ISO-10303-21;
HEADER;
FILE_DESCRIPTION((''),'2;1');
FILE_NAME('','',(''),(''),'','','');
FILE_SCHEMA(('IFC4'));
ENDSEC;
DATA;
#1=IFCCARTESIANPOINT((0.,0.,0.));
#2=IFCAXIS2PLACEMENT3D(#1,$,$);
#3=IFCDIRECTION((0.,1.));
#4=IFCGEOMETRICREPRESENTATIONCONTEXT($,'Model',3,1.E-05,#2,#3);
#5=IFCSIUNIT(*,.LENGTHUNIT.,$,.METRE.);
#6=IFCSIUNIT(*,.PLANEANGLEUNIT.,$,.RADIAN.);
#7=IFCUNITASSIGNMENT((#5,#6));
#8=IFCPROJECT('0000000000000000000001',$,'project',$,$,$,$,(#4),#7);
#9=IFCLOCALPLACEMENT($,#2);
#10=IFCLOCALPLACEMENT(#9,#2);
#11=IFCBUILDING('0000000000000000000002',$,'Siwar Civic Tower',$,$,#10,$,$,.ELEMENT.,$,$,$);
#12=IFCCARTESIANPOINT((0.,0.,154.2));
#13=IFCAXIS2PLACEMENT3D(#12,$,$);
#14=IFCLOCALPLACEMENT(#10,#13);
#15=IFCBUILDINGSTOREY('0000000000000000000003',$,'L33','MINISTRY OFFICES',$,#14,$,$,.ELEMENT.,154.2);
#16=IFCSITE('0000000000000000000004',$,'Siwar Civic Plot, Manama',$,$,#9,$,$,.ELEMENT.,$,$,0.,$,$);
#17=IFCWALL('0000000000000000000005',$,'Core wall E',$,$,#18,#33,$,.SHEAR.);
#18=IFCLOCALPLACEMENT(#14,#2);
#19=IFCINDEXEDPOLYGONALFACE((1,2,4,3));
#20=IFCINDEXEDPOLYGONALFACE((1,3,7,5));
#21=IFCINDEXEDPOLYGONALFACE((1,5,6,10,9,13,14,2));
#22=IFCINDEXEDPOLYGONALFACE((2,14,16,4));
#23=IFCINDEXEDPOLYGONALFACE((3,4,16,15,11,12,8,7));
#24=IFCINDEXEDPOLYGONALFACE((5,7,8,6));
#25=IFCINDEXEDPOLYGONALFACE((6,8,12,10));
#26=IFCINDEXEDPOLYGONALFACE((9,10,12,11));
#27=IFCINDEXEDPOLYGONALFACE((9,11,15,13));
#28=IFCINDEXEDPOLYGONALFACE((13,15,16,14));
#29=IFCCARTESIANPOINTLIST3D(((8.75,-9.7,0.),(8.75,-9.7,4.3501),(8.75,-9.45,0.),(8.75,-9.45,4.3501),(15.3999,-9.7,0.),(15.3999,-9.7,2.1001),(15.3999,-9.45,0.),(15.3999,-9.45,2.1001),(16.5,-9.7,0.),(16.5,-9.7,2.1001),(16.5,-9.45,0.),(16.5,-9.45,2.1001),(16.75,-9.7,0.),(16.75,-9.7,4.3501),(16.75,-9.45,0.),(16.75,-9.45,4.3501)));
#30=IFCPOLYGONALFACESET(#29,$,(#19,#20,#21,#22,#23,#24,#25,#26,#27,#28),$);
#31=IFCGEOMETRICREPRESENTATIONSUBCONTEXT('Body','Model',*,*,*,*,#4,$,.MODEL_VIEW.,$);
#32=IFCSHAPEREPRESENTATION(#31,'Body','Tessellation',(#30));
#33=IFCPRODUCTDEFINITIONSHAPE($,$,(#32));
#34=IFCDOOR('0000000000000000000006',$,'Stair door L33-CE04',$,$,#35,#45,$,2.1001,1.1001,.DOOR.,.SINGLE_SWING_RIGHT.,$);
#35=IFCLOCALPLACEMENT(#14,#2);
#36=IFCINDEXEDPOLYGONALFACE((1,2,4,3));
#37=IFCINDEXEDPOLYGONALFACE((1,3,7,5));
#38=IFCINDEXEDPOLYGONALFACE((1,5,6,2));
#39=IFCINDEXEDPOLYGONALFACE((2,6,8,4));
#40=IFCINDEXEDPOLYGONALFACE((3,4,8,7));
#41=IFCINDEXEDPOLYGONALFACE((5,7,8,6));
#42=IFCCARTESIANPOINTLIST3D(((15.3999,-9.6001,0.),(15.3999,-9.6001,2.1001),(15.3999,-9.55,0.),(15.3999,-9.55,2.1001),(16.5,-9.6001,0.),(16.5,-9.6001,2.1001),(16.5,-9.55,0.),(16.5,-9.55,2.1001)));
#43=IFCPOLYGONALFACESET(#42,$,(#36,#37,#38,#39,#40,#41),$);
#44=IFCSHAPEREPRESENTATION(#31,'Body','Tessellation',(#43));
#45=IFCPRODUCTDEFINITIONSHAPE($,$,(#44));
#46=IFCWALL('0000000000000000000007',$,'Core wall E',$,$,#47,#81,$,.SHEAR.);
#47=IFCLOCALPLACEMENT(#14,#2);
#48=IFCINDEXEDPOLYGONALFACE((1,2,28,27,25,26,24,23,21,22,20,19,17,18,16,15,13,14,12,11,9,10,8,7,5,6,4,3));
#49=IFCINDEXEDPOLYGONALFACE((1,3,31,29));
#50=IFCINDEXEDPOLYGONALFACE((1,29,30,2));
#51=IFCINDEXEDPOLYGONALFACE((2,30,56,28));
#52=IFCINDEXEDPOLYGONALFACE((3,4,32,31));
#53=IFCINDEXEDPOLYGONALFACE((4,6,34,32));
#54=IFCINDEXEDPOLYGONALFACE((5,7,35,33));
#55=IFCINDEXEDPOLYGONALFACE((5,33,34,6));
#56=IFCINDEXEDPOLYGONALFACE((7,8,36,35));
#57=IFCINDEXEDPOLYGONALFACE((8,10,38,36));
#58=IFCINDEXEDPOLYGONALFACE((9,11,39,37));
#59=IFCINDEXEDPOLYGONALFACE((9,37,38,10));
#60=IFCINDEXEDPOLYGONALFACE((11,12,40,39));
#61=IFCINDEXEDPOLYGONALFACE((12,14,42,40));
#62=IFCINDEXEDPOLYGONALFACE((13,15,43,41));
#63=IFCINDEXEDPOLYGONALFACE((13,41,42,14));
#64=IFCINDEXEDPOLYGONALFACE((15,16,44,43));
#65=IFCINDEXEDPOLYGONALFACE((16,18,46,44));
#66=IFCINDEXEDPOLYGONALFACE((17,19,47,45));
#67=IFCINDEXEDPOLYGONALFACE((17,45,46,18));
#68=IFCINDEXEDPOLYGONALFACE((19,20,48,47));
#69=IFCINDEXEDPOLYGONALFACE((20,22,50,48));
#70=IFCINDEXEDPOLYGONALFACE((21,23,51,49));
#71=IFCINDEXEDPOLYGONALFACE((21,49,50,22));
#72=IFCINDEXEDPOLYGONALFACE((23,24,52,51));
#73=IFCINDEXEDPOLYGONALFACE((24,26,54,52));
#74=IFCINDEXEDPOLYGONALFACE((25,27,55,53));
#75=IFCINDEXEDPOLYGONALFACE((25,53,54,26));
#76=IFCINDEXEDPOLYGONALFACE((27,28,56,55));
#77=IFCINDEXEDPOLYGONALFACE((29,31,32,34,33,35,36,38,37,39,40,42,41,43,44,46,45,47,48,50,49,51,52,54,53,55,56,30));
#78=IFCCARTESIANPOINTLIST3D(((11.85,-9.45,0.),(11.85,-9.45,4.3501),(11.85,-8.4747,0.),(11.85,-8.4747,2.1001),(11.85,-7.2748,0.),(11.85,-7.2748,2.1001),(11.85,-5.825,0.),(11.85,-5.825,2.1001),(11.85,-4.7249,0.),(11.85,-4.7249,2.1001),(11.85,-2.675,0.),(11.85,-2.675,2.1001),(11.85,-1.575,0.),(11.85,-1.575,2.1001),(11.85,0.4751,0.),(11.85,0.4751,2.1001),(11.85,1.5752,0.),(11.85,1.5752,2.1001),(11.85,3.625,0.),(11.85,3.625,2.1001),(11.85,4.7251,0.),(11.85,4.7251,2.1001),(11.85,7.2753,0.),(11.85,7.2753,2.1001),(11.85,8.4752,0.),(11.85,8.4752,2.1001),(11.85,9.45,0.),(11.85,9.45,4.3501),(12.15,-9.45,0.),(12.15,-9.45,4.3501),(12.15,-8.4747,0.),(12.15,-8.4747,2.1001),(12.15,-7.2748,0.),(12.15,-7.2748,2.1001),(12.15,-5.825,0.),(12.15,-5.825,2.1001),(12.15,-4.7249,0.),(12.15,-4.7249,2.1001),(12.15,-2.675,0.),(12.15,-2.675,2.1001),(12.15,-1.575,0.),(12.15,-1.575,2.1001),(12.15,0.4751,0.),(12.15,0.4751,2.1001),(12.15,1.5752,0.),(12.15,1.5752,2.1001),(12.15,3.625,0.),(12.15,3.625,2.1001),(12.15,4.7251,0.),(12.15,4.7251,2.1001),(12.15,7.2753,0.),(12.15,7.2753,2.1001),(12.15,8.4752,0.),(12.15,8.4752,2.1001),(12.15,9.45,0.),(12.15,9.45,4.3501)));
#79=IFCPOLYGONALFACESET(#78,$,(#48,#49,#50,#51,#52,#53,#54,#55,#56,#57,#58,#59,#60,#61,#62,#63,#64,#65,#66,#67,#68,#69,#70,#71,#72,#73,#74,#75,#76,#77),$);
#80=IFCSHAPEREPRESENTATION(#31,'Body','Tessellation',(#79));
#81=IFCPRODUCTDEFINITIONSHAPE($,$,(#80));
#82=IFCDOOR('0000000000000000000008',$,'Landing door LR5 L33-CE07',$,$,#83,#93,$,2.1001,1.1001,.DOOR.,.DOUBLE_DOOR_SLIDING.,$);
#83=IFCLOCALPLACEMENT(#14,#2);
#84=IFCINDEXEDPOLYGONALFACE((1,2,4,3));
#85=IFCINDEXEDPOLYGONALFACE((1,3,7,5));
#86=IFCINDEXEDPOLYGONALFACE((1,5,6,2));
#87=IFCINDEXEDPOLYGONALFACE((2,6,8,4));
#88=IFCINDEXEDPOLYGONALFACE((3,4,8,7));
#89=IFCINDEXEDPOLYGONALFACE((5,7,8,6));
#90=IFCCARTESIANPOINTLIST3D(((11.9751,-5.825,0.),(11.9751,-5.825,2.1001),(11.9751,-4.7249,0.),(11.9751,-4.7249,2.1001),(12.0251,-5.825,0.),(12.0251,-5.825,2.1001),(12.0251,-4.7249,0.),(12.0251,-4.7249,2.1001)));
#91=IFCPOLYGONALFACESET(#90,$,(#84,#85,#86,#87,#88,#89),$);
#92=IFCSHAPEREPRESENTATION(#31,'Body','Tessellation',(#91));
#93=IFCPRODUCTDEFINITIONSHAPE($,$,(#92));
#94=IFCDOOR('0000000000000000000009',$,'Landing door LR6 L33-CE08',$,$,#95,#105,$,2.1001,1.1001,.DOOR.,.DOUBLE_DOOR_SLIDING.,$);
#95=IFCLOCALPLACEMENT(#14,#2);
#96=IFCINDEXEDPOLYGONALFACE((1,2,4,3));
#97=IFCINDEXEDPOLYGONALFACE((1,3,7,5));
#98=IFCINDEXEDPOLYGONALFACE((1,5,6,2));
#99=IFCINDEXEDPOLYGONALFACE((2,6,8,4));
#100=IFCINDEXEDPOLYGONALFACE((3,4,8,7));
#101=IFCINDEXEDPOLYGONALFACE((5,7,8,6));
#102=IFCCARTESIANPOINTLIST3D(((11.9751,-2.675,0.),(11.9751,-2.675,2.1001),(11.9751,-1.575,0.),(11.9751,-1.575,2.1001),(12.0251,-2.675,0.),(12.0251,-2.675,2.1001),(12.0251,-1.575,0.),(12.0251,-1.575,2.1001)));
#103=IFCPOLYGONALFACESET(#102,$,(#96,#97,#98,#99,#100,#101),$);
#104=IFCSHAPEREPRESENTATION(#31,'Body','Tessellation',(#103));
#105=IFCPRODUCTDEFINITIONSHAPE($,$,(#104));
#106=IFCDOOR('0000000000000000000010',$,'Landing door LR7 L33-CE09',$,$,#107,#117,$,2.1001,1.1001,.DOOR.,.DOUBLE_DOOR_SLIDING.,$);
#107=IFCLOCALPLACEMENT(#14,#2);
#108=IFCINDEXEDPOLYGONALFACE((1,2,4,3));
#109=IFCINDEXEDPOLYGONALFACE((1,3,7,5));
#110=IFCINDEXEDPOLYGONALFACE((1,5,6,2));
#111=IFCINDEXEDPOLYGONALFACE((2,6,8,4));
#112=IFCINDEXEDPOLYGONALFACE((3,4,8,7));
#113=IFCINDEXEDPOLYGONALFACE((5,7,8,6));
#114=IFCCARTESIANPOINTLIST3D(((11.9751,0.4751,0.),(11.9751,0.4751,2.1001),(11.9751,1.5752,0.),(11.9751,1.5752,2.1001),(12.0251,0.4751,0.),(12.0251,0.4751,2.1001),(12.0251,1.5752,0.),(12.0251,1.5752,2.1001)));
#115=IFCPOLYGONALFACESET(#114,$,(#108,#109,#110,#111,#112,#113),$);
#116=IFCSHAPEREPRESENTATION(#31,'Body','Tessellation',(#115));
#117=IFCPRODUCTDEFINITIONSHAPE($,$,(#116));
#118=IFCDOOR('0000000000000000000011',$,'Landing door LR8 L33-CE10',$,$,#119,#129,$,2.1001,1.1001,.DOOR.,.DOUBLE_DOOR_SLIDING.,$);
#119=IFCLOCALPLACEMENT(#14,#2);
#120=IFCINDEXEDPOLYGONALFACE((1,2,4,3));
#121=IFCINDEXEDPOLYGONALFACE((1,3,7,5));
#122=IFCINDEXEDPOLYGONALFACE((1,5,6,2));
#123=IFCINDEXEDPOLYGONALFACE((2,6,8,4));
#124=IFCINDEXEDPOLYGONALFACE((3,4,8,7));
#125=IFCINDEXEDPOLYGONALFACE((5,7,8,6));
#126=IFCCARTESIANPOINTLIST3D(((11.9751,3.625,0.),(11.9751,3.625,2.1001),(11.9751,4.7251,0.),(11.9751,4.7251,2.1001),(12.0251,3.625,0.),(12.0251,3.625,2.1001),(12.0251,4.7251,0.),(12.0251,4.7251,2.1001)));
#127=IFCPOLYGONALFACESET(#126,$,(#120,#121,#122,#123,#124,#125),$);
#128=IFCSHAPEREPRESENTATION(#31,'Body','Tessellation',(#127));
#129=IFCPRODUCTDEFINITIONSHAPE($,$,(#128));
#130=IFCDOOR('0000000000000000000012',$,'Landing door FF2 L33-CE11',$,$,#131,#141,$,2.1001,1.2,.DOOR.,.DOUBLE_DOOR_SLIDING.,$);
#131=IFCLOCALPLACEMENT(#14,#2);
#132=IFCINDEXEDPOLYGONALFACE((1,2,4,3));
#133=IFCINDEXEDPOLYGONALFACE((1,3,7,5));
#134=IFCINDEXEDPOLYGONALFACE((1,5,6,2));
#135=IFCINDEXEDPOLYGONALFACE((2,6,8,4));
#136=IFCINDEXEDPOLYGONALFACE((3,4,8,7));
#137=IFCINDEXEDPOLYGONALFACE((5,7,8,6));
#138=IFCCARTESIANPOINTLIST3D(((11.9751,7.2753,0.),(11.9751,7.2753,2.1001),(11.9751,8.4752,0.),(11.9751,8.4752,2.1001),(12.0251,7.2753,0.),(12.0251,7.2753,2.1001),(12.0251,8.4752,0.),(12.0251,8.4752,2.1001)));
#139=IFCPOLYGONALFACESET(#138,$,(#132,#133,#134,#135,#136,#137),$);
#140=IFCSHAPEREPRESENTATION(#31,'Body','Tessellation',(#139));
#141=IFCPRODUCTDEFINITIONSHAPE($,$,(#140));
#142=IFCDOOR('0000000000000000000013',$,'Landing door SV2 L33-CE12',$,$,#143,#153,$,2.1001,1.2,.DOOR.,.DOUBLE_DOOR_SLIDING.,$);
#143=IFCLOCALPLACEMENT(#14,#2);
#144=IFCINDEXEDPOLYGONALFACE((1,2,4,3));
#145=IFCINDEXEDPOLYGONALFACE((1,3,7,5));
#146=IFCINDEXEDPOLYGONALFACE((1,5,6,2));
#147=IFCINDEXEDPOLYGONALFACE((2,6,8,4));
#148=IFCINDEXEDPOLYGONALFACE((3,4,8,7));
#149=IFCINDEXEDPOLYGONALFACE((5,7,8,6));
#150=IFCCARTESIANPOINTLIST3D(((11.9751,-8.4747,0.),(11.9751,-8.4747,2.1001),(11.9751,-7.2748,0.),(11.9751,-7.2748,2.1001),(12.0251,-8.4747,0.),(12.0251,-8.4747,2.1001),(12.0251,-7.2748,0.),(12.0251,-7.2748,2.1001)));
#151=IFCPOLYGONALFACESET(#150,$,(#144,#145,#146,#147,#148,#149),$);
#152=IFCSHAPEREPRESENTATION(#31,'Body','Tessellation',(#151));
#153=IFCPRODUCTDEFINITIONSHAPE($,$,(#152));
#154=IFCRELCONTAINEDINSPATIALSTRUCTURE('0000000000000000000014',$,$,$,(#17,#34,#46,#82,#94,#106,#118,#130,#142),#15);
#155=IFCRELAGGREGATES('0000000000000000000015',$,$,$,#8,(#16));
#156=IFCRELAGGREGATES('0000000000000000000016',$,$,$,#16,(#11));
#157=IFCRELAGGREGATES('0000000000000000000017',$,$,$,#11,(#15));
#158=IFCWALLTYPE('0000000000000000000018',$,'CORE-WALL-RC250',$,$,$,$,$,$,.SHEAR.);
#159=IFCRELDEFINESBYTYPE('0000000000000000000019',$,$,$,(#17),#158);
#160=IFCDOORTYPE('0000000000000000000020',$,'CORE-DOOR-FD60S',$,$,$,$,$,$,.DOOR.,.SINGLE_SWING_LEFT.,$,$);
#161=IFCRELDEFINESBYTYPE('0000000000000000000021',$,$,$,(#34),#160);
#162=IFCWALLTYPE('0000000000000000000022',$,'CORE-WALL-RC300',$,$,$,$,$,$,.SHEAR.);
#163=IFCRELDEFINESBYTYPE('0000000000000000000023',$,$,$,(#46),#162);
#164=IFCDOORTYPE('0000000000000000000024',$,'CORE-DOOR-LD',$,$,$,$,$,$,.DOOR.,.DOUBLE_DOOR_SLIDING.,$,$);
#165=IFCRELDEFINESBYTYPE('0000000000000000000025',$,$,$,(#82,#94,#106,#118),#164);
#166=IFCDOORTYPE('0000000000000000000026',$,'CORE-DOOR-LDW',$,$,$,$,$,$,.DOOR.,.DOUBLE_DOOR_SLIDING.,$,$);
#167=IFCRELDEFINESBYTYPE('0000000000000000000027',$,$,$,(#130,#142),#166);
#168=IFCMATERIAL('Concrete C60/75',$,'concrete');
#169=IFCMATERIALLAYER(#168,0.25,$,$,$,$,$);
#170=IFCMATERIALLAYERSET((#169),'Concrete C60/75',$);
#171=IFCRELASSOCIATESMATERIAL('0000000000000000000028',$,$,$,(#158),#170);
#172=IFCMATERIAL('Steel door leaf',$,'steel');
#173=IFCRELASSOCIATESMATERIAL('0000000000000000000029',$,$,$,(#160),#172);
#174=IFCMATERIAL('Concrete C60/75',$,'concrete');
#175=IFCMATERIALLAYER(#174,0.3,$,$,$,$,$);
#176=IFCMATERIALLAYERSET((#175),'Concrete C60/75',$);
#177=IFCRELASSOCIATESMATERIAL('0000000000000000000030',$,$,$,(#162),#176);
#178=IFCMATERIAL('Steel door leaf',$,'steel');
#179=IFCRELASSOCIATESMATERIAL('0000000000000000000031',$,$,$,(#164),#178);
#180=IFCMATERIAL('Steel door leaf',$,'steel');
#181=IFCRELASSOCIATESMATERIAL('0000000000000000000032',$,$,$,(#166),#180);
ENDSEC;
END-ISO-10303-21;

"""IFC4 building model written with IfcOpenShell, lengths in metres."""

from ifc_helpers import new_model, si_unit, direction, frame, frame_2d, origin, place, context, subcontext, project, spatial, rectangle, extrude, material, layer, layer_set, type_object, element, fill, save


model = new_model("IFC4")

# Units and contexts
model_context = context("Model", 3, precision=1e-05, world=origin(), true_north=direction((0.0, 1.0)))
body_context = subcontext(model_context, "Body", "Model", "MODEL_VIEW")
ifc_project = project(units=[si_unit("LENGTHUNIT", "METRE"), si_unit("PLANEANGLEUNIT", "RADIAN")], contexts=[model_context])

# Site, building, storey
site_placement = place(None, origin())
site = spatial("IfcSite", under=ifc_project, at=site_placement, Name="Siwar Civic Plot, Manama", CompositionType="ELEMENT", RefElevation=0.0)
building_placement = place(site_placement, origin())
building = spatial("IfcBuilding", under=site, at=building_placement, Name="Siwar Civic Tower", CompositionType="ELEMENT")
storey_placement = place(building_placement, frame((0.0, 0.0, 154.2)))
storey = spatial("IfcBuildingStorey", under=building, at=storey_placement, Name="L33", Description="MINISTRY OFFICES", CompositionType="ELEMENT", Elevation=154.2)

# Wall, opening, door
ifc_material_1 = material(Name="Concrete C60/75", Category="concrete")
ifc_layer_1 = layer(ifc_material_1, 0.25)
ifc_layer_set_1 = layer_set([ifc_layer_1], Name="Concrete C60/75")
wall_type_1 = type_object("IfcWallType", Name="CORE-WALL-RC250", PredefinedType="SHEAR", material=ifc_layer_set_1)
wall_1_placement = place(storey_placement, frame((8.75, -9.575, 0.0), z_axis=(0.0, 0.0, 1.0), x_axis=(1.0, 0.0, 0.0)))
wall_1 = element("IfcWall", 1, at=wall_1_placement, inside=storey, type_object=wall_type_1, Name="Core wall E", PredefinedType="SHEAR", context=body_context, shape_type="SweptSolid", body=[
    extrude(rectangle(XDim=8.0, YDim=0.25, at=frame_2d((4.0, 0.0))), origin(), (0.0, 0.0, 1.0), 4.3501),
])
opening_1_placement = place(wall_1_placement, frame((6.6499, 0.0, 0.0)))
opening_1 = element("IfcOpeningElement", 2, at=opening_1_placement, cuts=wall_1, PredefinedType="OPENING", context=body_context, shape_type="SweptSolid", body=[
    extrude(rectangle(XDim=1.1001, YDim=2.1001, at=frame_2d((0.55, 1.05))), frame((0.0, 0.135, 0.0), z_axis=(0.0, -1.0, 0.0), x_axis=(1.0, 0.0, 0.0)), (0.0, 0.0, 1.0), 0.27),
])
ifc_material_2 = material(Name="Steel door leaf", Category="steel")
door_type_1 = type_object("IfcDoorType", Name="CORE-DOOR-FD60S", OperationType="SINGLE_SWING_LEFT", PredefinedType="DOOR", material=ifc_material_2)
door_1_placement = place(opening_1_placement, origin())
door_1 = element("IfcDoor", 3, at=door_1_placement, inside=storey, type_object=door_type_1, Name="Stair door L33-CE04", OperationType="SINGLE_SWING_RIGHT", OverallHeight=2.1001, OverallWidth=1.1001, PredefinedType="DOOR", context=body_context, shape_type="SweptSolid", body=[
    extrude(rectangle(XDim=1.1001, YDim=2.1001, at=frame_2d((0.55, 1.05))), frame((0.0, 0.0249, 0.0), z_axis=(0.0, -1.0, 0.0), x_axis=(1.0, 0.0, 0.0)), (0.0, 0.0, 1.0), 0.05),
])
fill(opening_1, door_1)

# Wall, openings, doors
ifc_material_3 = material(Name="Concrete C60/75", Category="concrete")
ifc_layer_2 = layer(ifc_material_3, 0.3)
ifc_layer_set_2 = layer_set([ifc_layer_2], Name="Concrete C60/75")
wall_type_2 = type_object("IfcWallType", Name="CORE-WALL-RC300", PredefinedType="SHEAR", material=ifc_layer_set_2)
wall_2_placement = place(storey_placement, frame((12.0, -9.45, 0.0), z_axis=(0.0, 0.0, 1.0), x_axis=(0.0, 1.0, 0.0)))
wall_2 = element("IfcWall", 4, at=wall_2_placement, inside=storey, type_object=wall_type_2, Name="Core wall E", PredefinedType="SHEAR", context=body_context, shape_type="SweptSolid", body=[
    extrude(rectangle(XDim=18.8999, YDim=0.3, at=frame_2d((9.45, 0.0))), origin(), (0.0, 0.0, 1.0), 4.3501),
])
opening_2_placement = place(wall_2_placement, frame((3.625, 0.0, 0.0)))
opening_2 = element("IfcOpeningElement", 5, at=opening_2_placement, cuts=wall_2, PredefinedType="OPENING", context=body_context, shape_type="SweptSolid", body=[
    extrude(rectangle(XDim=1.1001, YDim=2.1001, at=frame_2d((0.55, 1.05))), frame((0.0, 0.1602, 0.0), z_axis=(0.0, -1.0, 0.0), x_axis=(1.0, 0.0, 0.0)), (0.0, 0.0, 1.0), 0.3201),
])
opening_3_placement = place(wall_2_placement, frame((6.7749, 0.0, 0.0)))
opening_3 = element("IfcOpeningElement", 6, at=opening_3_placement, cuts=wall_2, PredefinedType="OPENING", context=body_context, shape_type="SweptSolid", body=[
    extrude(rectangle(XDim=1.1001, YDim=2.1001, at=frame_2d((0.55, 1.05))), frame((0.0, 0.1602, 0.0), z_axis=(0.0, -1.0, 0.0), x_axis=(1.0, 0.0, 0.0)), (0.0, 0.0, 1.0), 0.3201),
])
opening_4_placement = place(wall_2_placement, frame((9.925, 0.0, 0.0)))
opening_4 = element("IfcOpeningElement", 7, at=opening_4_placement, cuts=wall_2, PredefinedType="OPENING", context=body_context, shape_type="SweptSolid", body=[
    extrude(rectangle(XDim=1.1001, YDim=2.1001, at=frame_2d((0.55, 1.05))), frame((0.0, 0.1602, 0.0), z_axis=(0.0, -1.0, 0.0), x_axis=(1.0, 0.0, 0.0)), (0.0, 0.0, 1.0), 0.3201),
])
opening_5_placement = place(wall_2_placement, frame((13.075, 0.0, 0.0)))
opening_5 = element("IfcOpeningElement", 8, at=opening_5_placement, cuts=wall_2, PredefinedType="OPENING", context=body_context, shape_type="SweptSolid", body=[
    extrude(rectangle(XDim=1.1001, YDim=2.1001, at=frame_2d((0.55, 1.05))), frame((0.0, 0.1602, 0.0), z_axis=(0.0, -1.0, 0.0), x_axis=(1.0, 0.0, 0.0)), (0.0, 0.0, 1.0), 0.3201),
])
opening_6_placement = place(wall_2_placement, frame((16.7251, 0.0, 0.0)))
opening_6 = element("IfcOpeningElement", 9, at=opening_6_placement, cuts=wall_2, PredefinedType="OPENING", context=body_context, shape_type="SweptSolid", body=[
    extrude(rectangle(XDim=1.2, YDim=2.1001, at=frame_2d((0.6001, 1.05))), frame((0.0, 0.1602, 0.0), z_axis=(0.0, -1.0, 0.0), x_axis=(1.0, 0.0, 0.0)), (0.0, 0.0, 1.0), 0.3201),
])
opening_7_placement = place(wall_2_placement, frame((0.9751, 0.0, 0.0)))
opening_7 = element("IfcOpeningElement", 10, at=opening_7_placement, cuts=wall_2, PredefinedType="OPENING", context=body_context, shape_type="SweptSolid", body=[
    extrude(rectangle(XDim=1.2, YDim=2.1001, at=frame_2d((0.6001, 1.05))), frame((0.0, 0.1602, 0.0), z_axis=(0.0, -1.0, 0.0), x_axis=(1.0, 0.0, 0.0)), (0.0, 0.0, 1.0), 0.3201),
])
ifc_material_4 = material(Name="Steel door leaf", Category="steel")
door_type_2 = type_object("IfcDoorType", Name="CORE-DOOR-LD", OperationType="DOUBLE_DOOR_SLIDING", PredefinedType="DOOR", material=ifc_material_4)
door_2_placement = place(opening_2_placement, origin())
door_2 = element("IfcDoor", 11, at=door_2_placement, inside=storey, type_object=door_type_2, Name="Landing door LR5 L33-CE07", OperationType="DOUBLE_DOOR_SLIDING", OverallHeight=2.1001, OverallWidth=1.1001, PredefinedType="DOOR", context=body_context, shape_type="SweptSolid", body=[
    extrude(rectangle(XDim=1.1001, YDim=2.1001, at=frame_2d((0.55, 1.05))), frame((0.0, 0.0249, 0.0), z_axis=(0.0, -1.0, 0.0), x_axis=(1.0, 0.0, 0.0)), (0.0, 0.0, 1.0), 0.05),
])
fill(opening_2, door_2)
door_3_placement = place(opening_3_placement, origin())
door_3 = element("IfcDoor", 12, at=door_3_placement, inside=storey, type_object=door_type_2, Name="Landing door LR6 L33-CE08", OperationType="DOUBLE_DOOR_SLIDING", OverallHeight=2.1001, OverallWidth=1.1001, PredefinedType="DOOR", context=body_context, shape_type="SweptSolid", body=[
    extrude(rectangle(XDim=1.1001, YDim=2.1001, at=frame_2d((0.55, 1.05))), frame((0.0, 0.0249, 0.0), z_axis=(0.0, -1.0, 0.0), x_axis=(1.0, 0.0, 0.0)), (0.0, 0.0, 1.0), 0.05),
])
fill(opening_3, door_3)
door_4_placement = place(opening_4_placement, origin())
door_4 = element("IfcDoor", 13, at=door_4_placement, inside=storey, type_object=door_type_2, Name="Landing door LR7 L33-CE09", OperationType="DOUBLE_DOOR_SLIDING", OverallHeight=2.1001, OverallWidth=1.1001, PredefinedType="DOOR", context=body_context, shape_type="SweptSolid", body=[
    extrude(rectangle(XDim=1.1001, YDim=2.1001, at=frame_2d((0.55, 1.05))), frame((0.0, 0.0249, 0.0), z_axis=(0.0, -1.0, 0.0), x_axis=(1.0, 0.0, 0.0)), (0.0, 0.0, 1.0), 0.05),
])
fill(opening_4, door_4)
door_5_placement = place(opening_5_placement, origin())
door_5 = element("IfcDoor", 14, at=door_5_placement, inside=storey, type_object=door_type_2, Name="Landing door LR8 L33-CE10", OperationType="DOUBLE_DOOR_SLIDING", OverallHeight=2.1001, OverallWidth=1.1001, PredefinedType="DOOR", context=body_context, shape_type="SweptSolid", body=[
    extrude(rectangle(XDim=1.1001, YDim=2.1001, at=frame_2d((0.55, 1.05))), frame((0.0, 0.0249, 0.0), z_axis=(0.0, -1.0, 0.0), x_axis=(1.0, 0.0, 0.0)), (0.0, 0.0, 1.0), 0.05),
])
fill(opening_5, door_5)
ifc_material_5 = material(Name="Steel door leaf", Category="steel")
door_type_3 = type_object("IfcDoorType", Name="CORE-DOOR-LDW", OperationType="DOUBLE_DOOR_SLIDING", PredefinedType="DOOR", material=ifc_material_5)
door_6_placement = place(opening_6_placement, origin())
door_6 = element("IfcDoor", 15, at=door_6_placement, inside=storey, type_object=door_type_3, Name="Landing door FF2 L33-CE11", OperationType="DOUBLE_DOOR_SLIDING", OverallHeight=2.1001, OverallWidth=1.2, PredefinedType="DOOR", context=body_context, shape_type="SweptSolid", body=[
    extrude(rectangle(XDim=1.2, YDim=2.1001, at=frame_2d((0.6001, 1.05))), frame((0.0, 0.0249, 0.0), z_axis=(0.0, -1.0, 0.0), x_axis=(1.0, 0.0, 0.0)), (0.0, 0.0, 1.0), 0.05),
])
fill(opening_6, door_6)
door_7_placement = place(opening_7_placement, origin())
door_7 = element("IfcDoor", 16, at=door_7_placement, inside=storey, type_object=door_type_3, Name="Landing door SV2 L33-CE12", OperationType="DOUBLE_DOOR_SLIDING", OverallHeight=2.1001, OverallWidth=1.2, PredefinedType="DOOR", context=body_context, shape_type="SweptSolid", body=[
    extrude(rectangle(XDim=1.2, YDim=2.1001, at=frame_2d((0.6001, 1.05))), frame((0.0, 0.0249, 0.0), z_axis=(0.0, -1.0, 0.0), x_axis=(1.0, 0.0, 0.0)), (0.0, 0.0, 1.0), 0.05),
])
fill(opening_7, door_7)

save(model, "model.ifc")
